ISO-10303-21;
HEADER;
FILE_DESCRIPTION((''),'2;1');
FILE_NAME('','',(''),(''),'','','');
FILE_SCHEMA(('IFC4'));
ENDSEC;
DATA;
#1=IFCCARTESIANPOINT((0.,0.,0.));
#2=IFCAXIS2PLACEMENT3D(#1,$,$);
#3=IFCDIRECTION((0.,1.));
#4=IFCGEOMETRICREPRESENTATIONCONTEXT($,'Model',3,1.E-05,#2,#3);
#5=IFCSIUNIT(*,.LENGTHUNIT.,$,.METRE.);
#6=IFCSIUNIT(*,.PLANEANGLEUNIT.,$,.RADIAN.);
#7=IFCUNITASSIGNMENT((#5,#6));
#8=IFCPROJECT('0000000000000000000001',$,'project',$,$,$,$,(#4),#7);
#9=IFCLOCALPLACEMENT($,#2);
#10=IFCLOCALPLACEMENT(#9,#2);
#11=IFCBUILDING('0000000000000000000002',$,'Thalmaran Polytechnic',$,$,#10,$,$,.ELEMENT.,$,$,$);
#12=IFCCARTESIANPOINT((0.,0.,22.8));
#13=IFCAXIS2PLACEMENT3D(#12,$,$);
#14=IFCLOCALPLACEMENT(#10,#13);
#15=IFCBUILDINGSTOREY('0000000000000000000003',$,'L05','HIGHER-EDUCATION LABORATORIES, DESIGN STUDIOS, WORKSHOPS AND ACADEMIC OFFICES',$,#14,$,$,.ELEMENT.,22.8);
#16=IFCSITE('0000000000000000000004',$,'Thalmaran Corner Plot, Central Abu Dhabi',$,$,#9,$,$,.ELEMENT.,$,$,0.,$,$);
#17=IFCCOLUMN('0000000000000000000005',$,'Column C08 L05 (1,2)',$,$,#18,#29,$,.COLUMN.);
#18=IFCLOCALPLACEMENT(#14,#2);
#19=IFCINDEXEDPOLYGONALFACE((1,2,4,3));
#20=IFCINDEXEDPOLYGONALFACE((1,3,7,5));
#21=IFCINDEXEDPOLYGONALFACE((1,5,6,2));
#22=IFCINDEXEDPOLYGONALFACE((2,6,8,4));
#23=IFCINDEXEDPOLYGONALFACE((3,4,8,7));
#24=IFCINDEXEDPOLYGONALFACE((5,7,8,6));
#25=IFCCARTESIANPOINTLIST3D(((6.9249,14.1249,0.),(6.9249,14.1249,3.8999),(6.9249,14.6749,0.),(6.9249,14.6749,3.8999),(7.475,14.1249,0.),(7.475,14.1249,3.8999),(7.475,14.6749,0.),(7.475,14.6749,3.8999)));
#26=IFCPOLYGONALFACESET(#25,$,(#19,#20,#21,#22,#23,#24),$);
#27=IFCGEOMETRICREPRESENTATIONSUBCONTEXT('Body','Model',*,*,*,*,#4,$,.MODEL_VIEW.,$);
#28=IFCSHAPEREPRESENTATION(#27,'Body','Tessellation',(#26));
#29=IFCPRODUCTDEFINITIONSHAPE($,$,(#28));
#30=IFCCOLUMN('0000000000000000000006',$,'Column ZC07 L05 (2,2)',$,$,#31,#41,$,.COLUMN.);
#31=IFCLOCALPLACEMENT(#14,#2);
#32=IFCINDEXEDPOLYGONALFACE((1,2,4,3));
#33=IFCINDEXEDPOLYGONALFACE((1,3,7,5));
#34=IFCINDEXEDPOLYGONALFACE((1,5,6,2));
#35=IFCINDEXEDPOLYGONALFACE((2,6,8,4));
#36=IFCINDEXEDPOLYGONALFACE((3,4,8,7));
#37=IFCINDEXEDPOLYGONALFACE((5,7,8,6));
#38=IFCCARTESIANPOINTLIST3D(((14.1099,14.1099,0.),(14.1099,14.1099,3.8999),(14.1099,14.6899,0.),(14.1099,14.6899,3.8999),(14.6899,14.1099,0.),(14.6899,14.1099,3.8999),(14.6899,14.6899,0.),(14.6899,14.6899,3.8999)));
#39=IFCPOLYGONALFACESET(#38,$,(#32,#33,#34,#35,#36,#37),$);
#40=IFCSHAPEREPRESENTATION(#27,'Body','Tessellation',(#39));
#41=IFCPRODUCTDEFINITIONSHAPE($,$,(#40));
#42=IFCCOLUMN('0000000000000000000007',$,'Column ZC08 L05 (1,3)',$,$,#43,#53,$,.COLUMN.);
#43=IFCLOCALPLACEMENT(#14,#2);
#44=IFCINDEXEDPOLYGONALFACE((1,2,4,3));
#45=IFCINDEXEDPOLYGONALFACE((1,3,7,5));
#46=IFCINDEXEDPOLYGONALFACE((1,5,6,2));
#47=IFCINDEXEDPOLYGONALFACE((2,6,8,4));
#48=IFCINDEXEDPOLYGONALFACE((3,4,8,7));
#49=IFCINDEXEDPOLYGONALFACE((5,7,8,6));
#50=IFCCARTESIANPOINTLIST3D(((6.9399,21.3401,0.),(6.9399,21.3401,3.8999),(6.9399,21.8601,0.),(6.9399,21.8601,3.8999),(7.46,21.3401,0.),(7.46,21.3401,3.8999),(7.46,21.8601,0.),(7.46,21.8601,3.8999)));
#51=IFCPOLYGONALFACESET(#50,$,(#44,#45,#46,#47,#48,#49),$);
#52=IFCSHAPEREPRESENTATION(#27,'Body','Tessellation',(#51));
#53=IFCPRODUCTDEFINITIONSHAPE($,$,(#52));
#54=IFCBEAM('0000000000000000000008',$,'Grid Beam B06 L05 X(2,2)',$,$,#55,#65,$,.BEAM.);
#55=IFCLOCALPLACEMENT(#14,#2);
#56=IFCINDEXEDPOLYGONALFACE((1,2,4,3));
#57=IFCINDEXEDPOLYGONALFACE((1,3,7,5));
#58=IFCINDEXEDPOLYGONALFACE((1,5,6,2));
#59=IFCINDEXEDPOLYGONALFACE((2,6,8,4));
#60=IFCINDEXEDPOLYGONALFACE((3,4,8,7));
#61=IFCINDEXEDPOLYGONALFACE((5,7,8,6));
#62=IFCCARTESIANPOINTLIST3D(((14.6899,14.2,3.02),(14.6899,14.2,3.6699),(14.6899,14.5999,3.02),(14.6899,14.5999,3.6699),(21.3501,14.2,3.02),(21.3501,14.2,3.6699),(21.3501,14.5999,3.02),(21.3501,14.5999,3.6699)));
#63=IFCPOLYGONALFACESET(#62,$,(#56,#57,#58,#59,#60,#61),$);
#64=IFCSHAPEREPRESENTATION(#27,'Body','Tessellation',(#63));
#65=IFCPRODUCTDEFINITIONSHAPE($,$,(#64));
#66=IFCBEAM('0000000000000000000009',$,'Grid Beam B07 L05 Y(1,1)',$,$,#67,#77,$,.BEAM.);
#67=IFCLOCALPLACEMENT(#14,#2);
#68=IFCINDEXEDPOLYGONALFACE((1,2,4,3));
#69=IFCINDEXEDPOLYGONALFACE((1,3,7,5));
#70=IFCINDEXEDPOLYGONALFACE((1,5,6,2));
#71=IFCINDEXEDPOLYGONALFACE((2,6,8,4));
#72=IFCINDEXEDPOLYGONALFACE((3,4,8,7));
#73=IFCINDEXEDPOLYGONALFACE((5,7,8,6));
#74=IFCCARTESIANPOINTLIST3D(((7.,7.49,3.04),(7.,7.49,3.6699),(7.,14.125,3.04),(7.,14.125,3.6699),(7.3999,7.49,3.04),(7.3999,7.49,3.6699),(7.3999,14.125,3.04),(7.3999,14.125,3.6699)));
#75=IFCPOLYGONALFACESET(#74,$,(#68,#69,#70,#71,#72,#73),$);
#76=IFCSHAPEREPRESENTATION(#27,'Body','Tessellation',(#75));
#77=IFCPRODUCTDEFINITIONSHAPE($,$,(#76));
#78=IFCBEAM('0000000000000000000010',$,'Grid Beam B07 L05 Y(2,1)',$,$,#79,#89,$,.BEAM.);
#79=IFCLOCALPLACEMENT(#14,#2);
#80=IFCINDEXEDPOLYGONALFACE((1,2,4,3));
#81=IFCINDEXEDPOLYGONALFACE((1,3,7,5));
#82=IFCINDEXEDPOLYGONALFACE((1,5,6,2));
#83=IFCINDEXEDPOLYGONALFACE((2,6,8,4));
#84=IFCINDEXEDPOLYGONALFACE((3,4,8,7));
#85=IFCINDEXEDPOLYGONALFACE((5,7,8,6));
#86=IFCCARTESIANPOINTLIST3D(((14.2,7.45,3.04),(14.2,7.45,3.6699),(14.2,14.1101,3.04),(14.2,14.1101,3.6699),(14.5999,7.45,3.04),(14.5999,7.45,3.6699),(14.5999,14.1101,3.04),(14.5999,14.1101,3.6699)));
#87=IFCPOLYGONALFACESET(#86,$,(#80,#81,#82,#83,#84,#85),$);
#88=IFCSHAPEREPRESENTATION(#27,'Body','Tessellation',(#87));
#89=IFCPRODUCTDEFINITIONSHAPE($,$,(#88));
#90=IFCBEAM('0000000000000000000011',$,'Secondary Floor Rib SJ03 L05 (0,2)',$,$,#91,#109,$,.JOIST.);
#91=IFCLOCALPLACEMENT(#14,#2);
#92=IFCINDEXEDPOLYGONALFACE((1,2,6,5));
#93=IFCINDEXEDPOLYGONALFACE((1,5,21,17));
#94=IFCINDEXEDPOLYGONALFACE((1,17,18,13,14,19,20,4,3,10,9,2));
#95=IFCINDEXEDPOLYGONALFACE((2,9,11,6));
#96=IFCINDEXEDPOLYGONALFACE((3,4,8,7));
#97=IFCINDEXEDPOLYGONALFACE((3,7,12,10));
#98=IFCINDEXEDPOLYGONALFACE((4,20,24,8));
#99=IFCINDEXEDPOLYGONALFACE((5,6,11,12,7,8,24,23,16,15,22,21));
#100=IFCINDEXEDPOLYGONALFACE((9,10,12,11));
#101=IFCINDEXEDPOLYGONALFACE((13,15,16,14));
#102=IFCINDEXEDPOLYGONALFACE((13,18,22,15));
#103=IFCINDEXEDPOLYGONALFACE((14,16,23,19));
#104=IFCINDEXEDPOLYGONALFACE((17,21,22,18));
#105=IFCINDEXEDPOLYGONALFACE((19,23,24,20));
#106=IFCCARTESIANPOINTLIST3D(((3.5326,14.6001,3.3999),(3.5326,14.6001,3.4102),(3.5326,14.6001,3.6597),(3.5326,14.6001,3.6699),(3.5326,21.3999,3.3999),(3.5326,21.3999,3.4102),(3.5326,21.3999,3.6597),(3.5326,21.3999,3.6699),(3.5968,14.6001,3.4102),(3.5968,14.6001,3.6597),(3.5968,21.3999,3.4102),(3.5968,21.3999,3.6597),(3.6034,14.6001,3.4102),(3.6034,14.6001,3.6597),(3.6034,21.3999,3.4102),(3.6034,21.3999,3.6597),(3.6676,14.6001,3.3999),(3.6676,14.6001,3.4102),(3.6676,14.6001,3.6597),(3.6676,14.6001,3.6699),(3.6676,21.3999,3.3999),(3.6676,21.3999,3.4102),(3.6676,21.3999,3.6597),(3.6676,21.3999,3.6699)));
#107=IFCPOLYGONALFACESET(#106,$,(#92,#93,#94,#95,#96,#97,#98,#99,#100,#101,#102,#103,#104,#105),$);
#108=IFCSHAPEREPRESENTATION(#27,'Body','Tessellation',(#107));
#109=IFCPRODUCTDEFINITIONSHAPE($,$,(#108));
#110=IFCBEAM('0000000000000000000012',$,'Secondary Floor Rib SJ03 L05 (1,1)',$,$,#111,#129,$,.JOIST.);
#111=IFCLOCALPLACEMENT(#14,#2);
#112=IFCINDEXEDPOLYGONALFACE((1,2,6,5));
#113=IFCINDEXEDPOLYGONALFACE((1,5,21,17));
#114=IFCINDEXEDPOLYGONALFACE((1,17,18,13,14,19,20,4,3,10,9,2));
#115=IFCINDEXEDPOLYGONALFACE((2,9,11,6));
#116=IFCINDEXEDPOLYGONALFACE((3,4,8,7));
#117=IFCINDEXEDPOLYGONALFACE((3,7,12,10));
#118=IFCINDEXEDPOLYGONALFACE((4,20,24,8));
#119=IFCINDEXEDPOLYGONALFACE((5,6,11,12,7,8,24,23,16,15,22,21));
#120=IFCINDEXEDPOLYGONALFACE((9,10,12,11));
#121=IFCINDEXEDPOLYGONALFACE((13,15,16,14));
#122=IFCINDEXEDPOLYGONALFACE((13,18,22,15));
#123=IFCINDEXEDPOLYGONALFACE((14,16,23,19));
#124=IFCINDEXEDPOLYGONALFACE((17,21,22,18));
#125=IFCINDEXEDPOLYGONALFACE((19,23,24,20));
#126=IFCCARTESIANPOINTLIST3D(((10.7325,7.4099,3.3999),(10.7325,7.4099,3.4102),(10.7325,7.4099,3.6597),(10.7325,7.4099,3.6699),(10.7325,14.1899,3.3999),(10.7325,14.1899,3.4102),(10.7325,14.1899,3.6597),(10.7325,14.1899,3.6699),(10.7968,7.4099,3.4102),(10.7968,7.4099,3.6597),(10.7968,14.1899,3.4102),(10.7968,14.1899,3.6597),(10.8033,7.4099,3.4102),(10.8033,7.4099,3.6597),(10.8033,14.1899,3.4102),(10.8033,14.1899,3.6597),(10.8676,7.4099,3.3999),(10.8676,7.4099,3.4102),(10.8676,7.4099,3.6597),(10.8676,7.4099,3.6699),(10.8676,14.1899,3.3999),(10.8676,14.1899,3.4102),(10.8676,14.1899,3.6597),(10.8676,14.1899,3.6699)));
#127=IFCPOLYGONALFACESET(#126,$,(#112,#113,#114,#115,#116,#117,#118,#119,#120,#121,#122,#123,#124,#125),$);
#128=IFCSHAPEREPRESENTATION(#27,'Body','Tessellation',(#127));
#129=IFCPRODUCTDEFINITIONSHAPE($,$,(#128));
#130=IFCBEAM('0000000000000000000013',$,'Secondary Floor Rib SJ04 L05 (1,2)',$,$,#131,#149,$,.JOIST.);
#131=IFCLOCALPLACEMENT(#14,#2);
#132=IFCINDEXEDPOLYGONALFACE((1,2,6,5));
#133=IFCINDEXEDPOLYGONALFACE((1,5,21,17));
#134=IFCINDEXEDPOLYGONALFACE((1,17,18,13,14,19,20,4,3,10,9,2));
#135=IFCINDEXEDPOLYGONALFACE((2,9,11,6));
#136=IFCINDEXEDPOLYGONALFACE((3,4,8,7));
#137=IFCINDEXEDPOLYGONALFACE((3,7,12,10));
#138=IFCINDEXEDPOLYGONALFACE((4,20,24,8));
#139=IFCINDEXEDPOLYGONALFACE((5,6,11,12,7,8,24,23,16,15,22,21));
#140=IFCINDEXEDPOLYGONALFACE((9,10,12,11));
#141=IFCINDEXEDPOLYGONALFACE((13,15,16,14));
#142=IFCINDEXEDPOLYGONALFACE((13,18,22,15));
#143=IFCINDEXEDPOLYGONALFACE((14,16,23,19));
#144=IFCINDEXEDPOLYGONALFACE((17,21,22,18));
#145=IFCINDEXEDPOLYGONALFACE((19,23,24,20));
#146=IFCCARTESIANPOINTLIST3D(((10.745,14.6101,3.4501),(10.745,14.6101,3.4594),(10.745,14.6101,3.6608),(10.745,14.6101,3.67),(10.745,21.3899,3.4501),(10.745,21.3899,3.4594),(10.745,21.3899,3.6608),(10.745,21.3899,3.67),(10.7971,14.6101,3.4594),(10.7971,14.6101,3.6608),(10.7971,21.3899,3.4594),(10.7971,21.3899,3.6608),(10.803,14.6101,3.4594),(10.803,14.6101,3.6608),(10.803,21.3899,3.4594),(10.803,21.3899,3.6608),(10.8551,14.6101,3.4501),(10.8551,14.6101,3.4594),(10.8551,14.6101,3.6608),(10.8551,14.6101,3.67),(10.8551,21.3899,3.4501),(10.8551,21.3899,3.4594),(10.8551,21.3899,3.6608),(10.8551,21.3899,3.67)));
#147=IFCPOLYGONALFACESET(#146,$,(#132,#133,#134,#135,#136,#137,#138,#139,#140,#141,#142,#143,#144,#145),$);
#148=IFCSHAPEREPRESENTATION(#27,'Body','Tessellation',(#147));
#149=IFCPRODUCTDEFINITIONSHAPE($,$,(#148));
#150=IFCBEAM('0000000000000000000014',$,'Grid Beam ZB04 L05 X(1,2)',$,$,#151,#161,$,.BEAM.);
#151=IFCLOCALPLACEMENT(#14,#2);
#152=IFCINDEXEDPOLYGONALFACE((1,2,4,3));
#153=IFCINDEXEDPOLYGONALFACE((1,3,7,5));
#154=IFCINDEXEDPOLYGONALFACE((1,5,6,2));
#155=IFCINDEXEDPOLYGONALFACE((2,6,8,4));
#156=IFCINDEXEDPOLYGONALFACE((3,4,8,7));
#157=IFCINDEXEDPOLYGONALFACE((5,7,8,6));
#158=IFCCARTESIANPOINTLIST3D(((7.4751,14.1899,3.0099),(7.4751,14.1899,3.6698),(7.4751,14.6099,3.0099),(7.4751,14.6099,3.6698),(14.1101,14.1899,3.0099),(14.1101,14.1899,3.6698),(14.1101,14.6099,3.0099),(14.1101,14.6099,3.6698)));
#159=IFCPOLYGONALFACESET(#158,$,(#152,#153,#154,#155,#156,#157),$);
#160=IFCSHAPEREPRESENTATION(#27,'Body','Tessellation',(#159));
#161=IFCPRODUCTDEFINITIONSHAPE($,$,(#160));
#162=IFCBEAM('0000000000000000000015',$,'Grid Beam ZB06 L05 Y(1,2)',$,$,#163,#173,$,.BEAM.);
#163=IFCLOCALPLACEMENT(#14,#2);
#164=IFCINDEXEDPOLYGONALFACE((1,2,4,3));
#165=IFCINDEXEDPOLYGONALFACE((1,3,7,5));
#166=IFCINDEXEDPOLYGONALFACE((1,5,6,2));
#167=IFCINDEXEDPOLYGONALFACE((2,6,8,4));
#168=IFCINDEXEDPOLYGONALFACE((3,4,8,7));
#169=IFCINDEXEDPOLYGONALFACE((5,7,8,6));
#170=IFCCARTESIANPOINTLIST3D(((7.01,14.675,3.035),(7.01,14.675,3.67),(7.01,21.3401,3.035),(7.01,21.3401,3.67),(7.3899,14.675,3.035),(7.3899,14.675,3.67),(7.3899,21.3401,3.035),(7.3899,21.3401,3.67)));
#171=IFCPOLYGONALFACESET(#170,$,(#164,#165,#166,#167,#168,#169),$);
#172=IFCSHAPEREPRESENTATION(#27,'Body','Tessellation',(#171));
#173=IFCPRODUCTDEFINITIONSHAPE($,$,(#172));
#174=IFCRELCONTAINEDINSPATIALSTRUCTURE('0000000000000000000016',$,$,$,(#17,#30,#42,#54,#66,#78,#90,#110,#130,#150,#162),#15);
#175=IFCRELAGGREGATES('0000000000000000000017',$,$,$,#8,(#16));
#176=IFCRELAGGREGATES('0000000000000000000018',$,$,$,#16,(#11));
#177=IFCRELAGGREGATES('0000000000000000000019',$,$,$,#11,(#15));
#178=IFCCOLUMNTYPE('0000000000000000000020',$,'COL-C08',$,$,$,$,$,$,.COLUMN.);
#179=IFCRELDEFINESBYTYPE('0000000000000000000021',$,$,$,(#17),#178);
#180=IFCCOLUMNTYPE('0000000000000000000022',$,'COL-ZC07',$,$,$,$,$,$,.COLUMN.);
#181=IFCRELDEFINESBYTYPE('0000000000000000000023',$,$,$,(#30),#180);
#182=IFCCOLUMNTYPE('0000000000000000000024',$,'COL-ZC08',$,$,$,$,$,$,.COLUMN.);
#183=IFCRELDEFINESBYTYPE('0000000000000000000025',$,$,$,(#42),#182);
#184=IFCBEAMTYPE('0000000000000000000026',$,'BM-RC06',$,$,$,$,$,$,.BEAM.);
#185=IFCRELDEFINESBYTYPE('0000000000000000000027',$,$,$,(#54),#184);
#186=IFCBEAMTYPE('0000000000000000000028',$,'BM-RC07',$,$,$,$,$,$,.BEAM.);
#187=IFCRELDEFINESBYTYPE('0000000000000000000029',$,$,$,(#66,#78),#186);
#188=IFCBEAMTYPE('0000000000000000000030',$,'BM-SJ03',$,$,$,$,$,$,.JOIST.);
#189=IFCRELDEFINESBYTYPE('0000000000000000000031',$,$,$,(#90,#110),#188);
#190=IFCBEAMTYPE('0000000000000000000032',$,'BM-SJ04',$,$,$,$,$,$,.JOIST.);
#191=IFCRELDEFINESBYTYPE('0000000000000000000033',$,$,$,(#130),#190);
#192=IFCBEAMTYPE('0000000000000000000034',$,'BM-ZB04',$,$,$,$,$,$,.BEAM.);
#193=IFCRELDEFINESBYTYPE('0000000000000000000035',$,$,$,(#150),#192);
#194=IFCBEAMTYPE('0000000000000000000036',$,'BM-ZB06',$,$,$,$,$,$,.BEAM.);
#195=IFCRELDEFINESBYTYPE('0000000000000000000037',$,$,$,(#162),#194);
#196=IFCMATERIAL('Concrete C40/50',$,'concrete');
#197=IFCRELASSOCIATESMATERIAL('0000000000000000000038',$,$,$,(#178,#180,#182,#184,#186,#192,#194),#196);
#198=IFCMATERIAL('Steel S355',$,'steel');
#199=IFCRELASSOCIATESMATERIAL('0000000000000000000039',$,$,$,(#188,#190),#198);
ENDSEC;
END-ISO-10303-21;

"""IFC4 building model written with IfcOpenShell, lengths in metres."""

from ifc_helpers import new_model, si_unit, direction, frame, origin, origin_2d, place, context, subcontext, project, spatial, rectangle, i_section, extrude, material, material_profile, profile_set, type_object, element, save


model = new_model("IFC4")

# Units and contexts
model_context = context("Model", 3, precision=1e-05, world=origin(), true_north=direction((0.0, 1.0)))
body_context = subcontext(model_context, "Body", "Model", "MODEL_VIEW")
ifc_project = project(units=[si_unit("LENGTHUNIT", "METRE"), si_unit("PLANEANGLEUNIT", "RADIAN")], contexts=[model_context])

# Site, building, storey
site_placement = place(None, origin())
site = spatial("IfcSite", under=ifc_project, at=site_placement, Name="Thalmaran Corner Plot, Central Abu Dhabi", CompositionType="ELEMENT", RefElevation=0.0)
building_placement = place(site_placement, origin())
building = spatial("IfcBuilding", under=site, at=building_placement, Name="Thalmaran Polytechnic", CompositionType="ELEMENT")
storey_placement = place(building_placement, frame((0.0, 0.0, 22.8)))
storey = spatial("IfcBuildingStorey", under=building, at=storey_placement, Name="L05", Description="HIGHER-EDUCATION LABORATORIES, DESIGN STUDIOS, WORKSHOPS AND ACADEMIC OFFICES", CompositionType="ELEMENT", Elevation=22.8)

# Columns
ifc_material_1 = material(Name="Concrete C40/50", Category="concrete")
ifc_material_profile_1 = material_profile(ifc_material_1, rectangle(XDim=0.55, YDim=0.55, at=origin_2d()), Name="RC 550x550")
ifc_profile_set_1 = profile_set([ifc_material_profile_1], Name="Concrete C40/50")
column_type_1 = type_object("IfcColumnType", Name="COL-C08", PredefinedType="COLUMN", material=ifc_profile_set_1)
column_1_placement = place(storey_placement, frame((7.2, 14.3999, 0.0), z_axis=(0.0, 0.0, 1.0), x_axis=(1.0, 0.0, 0.0)))
element("IfcColumn", 1, at=column_1_placement, inside=storey, type_object=column_type_1, Name="Column C08 L05 (1,2)", PredefinedType="COLUMN", context=body_context, shape_type="SweptSolid", body=[
    extrude(rectangle(XDim=0.55, YDim=0.55, at=origin_2d()), origin(), (0.0, 0.0, 1.0), 3.8999),
])
ifc_material_profile_2 = material_profile(ifc_material_1, rectangle(XDim=0.5801, YDim=0.5801, at=origin_2d()), Name="RC 580x580")
ifc_profile_set_2 = profile_set([ifc_material_profile_2], Name="Concrete C40/50")
column_type_2 = type_object("IfcColumnType", Name="COL-ZC07", PredefinedType="COLUMN", material=ifc_profile_set_2)
column_2_placement = place(storey_placement, frame((14.3999, 14.3999, 0.0), z_axis=(0.0, 0.0, 1.0), x_axis=(1.0, 0.0, 0.0)))
element("IfcColumn", 2, at=column_2_placement, inside=storey, type_object=column_type_2, Name="Column ZC07 L05 (2,2)", PredefinedType="COLUMN", context=body_context, shape_type="SweptSolid", body=[
    extrude(rectangle(XDim=0.5801, YDim=0.5801, at=origin_2d()), origin(), (0.0, 0.0, 1.0), 3.8999),
])
ifc_material_profile_3 = material_profile(ifc_material_1, rectangle(XDim=0.52, YDim=0.52, at=origin_2d()), Name="RC 520x520")
ifc_profile_set_3 = profile_set([ifc_material_profile_3], Name="Concrete C40/50")
column_type_3 = type_object("IfcColumnType", Name="COL-ZC08", PredefinedType="COLUMN", material=ifc_profile_set_3)
column_3_placement = place(storey_placement, frame((7.2, 21.6001, 0.0), z_axis=(0.0, 0.0, 1.0), x_axis=(1.0, 0.0, 0.0)))
element("IfcColumn", 3, at=column_3_placement, inside=storey, type_object=column_type_3, Name="Column ZC08 L05 (1,3)", PredefinedType="COLUMN", context=body_context, shape_type="SweptSolid", body=[
    extrude(rectangle(XDim=0.52, YDim=0.52, at=origin_2d()), origin(), (0.0, 0.0, 1.0), 3.8999),
])

# Beams
ifc_material_profile_4 = material_profile(ifc_material_1, rectangle(XDim=0.3999, YDim=0.6499, at=origin_2d()), Name="RC 400x650")
ifc_profile_set_4 = profile_set([ifc_material_profile_4], Name="Concrete C40/50")
beam_type_1 = type_object("IfcBeamType", Name="BM-RC06", PredefinedType="BEAM", material=ifc_profile_set_4)
beam_1_placement = place(storey_placement, frame((14.6899, 14.3999, 3.345), z_axis=(1.0, 0.0, 0.0), x_axis=(0.0, 1.0, 0.0)))
element("IfcBeam", 4, at=beam_1_placement, inside=storey, type_object=beam_type_1, Name="Grid Beam B06 L05 X(2,2)", PredefinedType="BEAM", context=body_context, shape_type="SweptSolid", body=[
    extrude(rectangle(XDim=0.3999, YDim=0.6499, at=origin_2d()), origin(), (0.0, 0.0, 1.0), 6.6602),
])
ifc_material_profile_5 = material_profile(ifc_material_1, rectangle(XDim=0.3999, YDim=0.6299, at=origin_2d()), Name="RC 400x630")
ifc_profile_set_5 = profile_set([ifc_material_profile_5], Name="Concrete C40/50")
beam_type_2 = type_object("IfcBeamType", Name="BM-RC07", PredefinedType="BEAM", material=ifc_profile_set_5)
beam_2_placement = place(storey_placement, frame((7.2, 7.49, 3.355), z_axis=(0.0, 1.0, 0.0), x_axis=(-1.0, 0.0, 0.0)))
element("IfcBeam", 5, at=beam_2_placement, inside=storey, type_object=beam_type_2, Name="Grid Beam B07 L05 Y(1,1)", PredefinedType="BEAM", context=body_context, shape_type="SweptSolid", body=[
    extrude(rectangle(XDim=0.3999, YDim=0.6299, at=origin_2d()), origin(), (0.0, 0.0, 1.0), 6.635),
])
beam_3_placement = place(storey_placement, frame((14.3999, 7.45, 3.355), z_axis=(0.0, 1.0, 0.0), x_axis=(-1.0, 0.0, 0.0)))
element("IfcBeam", 6, at=beam_3_placement, inside=storey, type_object=beam_type_2, Name="Grid Beam B07 L05 Y(2,1)", PredefinedType="BEAM", context=body_context, shape_type="SweptSolid", body=[
    extrude(rectangle(XDim=0.3999, YDim=0.6299, at=origin_2d()), origin(), (0.0, 0.0, 1.0), 6.6602),
])
ifc_material_2 = material(Name="Steel S355", Category="steel")
ifc_material_profile_6 = material_profile(ifc_material_2, i_section(OverallWidth=0.135, OverallDepth=0.27, WebThickness=0.0066, FlangeThickness=0.0103, at=origin_2d()), Name="IPE 270")
ifc_profile_set_6 = profile_set([ifc_material_profile_6], Name="Steel S355")
beam_type_3 = type_object("IfcBeamType", Name="BM-SJ03", PredefinedType="JOIST", material=ifc_profile_set_6)
beam_4_placement = place(storey_placement, frame((3.6001, 14.6001, 3.5349), z_axis=(0.0, 1.0, 0.0), x_axis=(-1.0, 0.0, 0.0)))
element("IfcBeam", 7, at=beam_4_placement, inside=storey, type_object=beam_type_3, Name="Secondary Floor Rib SJ03 L05 (0,2)", PredefinedType="JOIST", context=body_context, shape_type="SweptSolid", body=[
    extrude(i_section(OverallWidth=0.135, OverallDepth=0.27, WebThickness=0.0066, FlangeThickness=0.0103, at=origin_2d()), origin(), (0.0, 0.0, 1.0), 6.7998),
])
beam_5_placement = place(storey_placement, frame((10.8, 7.4099, 3.5349), z_axis=(0.0, 1.0, 0.0), x_axis=(-1.0, 0.0, 0.0)))
element("IfcBeam", 8, at=beam_5_placement, inside=storey, type_object=beam_type_3, Name="Secondary Floor Rib SJ03 L05 (1,1)", PredefinedType="JOIST", context=body_context, shape_type="SweptSolid", body=[
    extrude(i_section(OverallWidth=0.135, OverallDepth=0.27, WebThickness=0.0066, FlangeThickness=0.0103, at=origin_2d()), origin(), (0.0, 0.0, 1.0), 6.78),
])
ifc_material_profile_7 = material_profile(ifc_material_2, i_section(OverallWidth=0.1101, OverallDepth=0.22, WebThickness=0.0059, FlangeThickness=0.0093, at=origin_2d()), Name="IPE 220")
ifc_profile_set_7 = profile_set([ifc_material_profile_7], Name="Steel S355")
beam_type_4 = type_object("IfcBeamType", Name="BM-SJ04", PredefinedType="JOIST", material=ifc_profile_set_7)
beam_6_placement = place(storey_placement, frame((10.8, 14.6101, 3.5601), z_axis=(0.0, 1.0, 0.0), x_axis=(-1.0, 0.0, 0.0)))
element("IfcBeam", 9, at=beam_6_placement, inside=storey, type_object=beam_type_4, Name="Secondary Floor Rib SJ04 L05 (1,2)", PredefinedType="JOIST", context=body_context, shape_type="SweptSolid", body=[
    extrude(i_section(OverallWidth=0.1101, OverallDepth=0.22, WebThickness=0.0059, FlangeThickness=0.0093, at=origin_2d()), origin(), (0.0, 0.0, 1.0), 6.7798),
])
ifc_material_profile_8 = material_profile(ifc_material_1, rectangle(XDim=0.4199, YDim=0.6599, at=origin_2d()), Name="RC 420x660")
ifc_profile_set_8 = profile_set([ifc_material_profile_8], Name="Concrete C40/50")
beam_type_5 = type_object("IfcBeamType", Name="BM-ZB04", PredefinedType="BEAM", material=ifc_profile_set_8)
beam_7_placement = place(storey_placement, frame((7.4751, 14.3999, 3.3398), z_axis=(1.0, 0.0, 0.0), x_axis=(0.0, 1.0, 0.0)))
element("IfcBeam", 10, at=beam_7_placement, inside=storey, type_object=beam_type_5, Name="Grid Beam ZB04 L05 X(1,2)", PredefinedType="BEAM", context=body_context, shape_type="SweptSolid", body=[
    extrude(rectangle(XDim=0.4199, YDim=0.6599, at=origin_2d()), origin(), (0.0, 0.0, 1.0), 6.635),
])
ifc_material_profile_9 = material_profile(ifc_material_1, rectangle(XDim=0.3799, YDim=0.635, at=origin_2d()), Name="RC 380x635")
ifc_profile_set_9 = profile_set([ifc_material_profile_9], Name="Concrete C40/50")
beam_type_6 = type_object("IfcBeamType", Name="BM-ZB06", PredefinedType="BEAM", material=ifc_profile_set_9)
beam_8_placement = place(storey_placement, frame((7.2, 14.675, 3.3525), z_axis=(0.0, 1.0, 0.0), x_axis=(-1.0, 0.0, 0.0)))
element("IfcBeam", 11, at=beam_8_placement, inside=storey, type_object=beam_type_6, Name="Grid Beam ZB06 L05 Y(1,2)", PredefinedType="BEAM", context=body_context, shape_type="SweptSolid", body=[
    extrude(rectangle(XDim=0.3799, YDim=0.635, at=origin_2d()), origin(), (0.0, 0.0, 1.0), 6.665),
])

save(model, "model.ifc")
